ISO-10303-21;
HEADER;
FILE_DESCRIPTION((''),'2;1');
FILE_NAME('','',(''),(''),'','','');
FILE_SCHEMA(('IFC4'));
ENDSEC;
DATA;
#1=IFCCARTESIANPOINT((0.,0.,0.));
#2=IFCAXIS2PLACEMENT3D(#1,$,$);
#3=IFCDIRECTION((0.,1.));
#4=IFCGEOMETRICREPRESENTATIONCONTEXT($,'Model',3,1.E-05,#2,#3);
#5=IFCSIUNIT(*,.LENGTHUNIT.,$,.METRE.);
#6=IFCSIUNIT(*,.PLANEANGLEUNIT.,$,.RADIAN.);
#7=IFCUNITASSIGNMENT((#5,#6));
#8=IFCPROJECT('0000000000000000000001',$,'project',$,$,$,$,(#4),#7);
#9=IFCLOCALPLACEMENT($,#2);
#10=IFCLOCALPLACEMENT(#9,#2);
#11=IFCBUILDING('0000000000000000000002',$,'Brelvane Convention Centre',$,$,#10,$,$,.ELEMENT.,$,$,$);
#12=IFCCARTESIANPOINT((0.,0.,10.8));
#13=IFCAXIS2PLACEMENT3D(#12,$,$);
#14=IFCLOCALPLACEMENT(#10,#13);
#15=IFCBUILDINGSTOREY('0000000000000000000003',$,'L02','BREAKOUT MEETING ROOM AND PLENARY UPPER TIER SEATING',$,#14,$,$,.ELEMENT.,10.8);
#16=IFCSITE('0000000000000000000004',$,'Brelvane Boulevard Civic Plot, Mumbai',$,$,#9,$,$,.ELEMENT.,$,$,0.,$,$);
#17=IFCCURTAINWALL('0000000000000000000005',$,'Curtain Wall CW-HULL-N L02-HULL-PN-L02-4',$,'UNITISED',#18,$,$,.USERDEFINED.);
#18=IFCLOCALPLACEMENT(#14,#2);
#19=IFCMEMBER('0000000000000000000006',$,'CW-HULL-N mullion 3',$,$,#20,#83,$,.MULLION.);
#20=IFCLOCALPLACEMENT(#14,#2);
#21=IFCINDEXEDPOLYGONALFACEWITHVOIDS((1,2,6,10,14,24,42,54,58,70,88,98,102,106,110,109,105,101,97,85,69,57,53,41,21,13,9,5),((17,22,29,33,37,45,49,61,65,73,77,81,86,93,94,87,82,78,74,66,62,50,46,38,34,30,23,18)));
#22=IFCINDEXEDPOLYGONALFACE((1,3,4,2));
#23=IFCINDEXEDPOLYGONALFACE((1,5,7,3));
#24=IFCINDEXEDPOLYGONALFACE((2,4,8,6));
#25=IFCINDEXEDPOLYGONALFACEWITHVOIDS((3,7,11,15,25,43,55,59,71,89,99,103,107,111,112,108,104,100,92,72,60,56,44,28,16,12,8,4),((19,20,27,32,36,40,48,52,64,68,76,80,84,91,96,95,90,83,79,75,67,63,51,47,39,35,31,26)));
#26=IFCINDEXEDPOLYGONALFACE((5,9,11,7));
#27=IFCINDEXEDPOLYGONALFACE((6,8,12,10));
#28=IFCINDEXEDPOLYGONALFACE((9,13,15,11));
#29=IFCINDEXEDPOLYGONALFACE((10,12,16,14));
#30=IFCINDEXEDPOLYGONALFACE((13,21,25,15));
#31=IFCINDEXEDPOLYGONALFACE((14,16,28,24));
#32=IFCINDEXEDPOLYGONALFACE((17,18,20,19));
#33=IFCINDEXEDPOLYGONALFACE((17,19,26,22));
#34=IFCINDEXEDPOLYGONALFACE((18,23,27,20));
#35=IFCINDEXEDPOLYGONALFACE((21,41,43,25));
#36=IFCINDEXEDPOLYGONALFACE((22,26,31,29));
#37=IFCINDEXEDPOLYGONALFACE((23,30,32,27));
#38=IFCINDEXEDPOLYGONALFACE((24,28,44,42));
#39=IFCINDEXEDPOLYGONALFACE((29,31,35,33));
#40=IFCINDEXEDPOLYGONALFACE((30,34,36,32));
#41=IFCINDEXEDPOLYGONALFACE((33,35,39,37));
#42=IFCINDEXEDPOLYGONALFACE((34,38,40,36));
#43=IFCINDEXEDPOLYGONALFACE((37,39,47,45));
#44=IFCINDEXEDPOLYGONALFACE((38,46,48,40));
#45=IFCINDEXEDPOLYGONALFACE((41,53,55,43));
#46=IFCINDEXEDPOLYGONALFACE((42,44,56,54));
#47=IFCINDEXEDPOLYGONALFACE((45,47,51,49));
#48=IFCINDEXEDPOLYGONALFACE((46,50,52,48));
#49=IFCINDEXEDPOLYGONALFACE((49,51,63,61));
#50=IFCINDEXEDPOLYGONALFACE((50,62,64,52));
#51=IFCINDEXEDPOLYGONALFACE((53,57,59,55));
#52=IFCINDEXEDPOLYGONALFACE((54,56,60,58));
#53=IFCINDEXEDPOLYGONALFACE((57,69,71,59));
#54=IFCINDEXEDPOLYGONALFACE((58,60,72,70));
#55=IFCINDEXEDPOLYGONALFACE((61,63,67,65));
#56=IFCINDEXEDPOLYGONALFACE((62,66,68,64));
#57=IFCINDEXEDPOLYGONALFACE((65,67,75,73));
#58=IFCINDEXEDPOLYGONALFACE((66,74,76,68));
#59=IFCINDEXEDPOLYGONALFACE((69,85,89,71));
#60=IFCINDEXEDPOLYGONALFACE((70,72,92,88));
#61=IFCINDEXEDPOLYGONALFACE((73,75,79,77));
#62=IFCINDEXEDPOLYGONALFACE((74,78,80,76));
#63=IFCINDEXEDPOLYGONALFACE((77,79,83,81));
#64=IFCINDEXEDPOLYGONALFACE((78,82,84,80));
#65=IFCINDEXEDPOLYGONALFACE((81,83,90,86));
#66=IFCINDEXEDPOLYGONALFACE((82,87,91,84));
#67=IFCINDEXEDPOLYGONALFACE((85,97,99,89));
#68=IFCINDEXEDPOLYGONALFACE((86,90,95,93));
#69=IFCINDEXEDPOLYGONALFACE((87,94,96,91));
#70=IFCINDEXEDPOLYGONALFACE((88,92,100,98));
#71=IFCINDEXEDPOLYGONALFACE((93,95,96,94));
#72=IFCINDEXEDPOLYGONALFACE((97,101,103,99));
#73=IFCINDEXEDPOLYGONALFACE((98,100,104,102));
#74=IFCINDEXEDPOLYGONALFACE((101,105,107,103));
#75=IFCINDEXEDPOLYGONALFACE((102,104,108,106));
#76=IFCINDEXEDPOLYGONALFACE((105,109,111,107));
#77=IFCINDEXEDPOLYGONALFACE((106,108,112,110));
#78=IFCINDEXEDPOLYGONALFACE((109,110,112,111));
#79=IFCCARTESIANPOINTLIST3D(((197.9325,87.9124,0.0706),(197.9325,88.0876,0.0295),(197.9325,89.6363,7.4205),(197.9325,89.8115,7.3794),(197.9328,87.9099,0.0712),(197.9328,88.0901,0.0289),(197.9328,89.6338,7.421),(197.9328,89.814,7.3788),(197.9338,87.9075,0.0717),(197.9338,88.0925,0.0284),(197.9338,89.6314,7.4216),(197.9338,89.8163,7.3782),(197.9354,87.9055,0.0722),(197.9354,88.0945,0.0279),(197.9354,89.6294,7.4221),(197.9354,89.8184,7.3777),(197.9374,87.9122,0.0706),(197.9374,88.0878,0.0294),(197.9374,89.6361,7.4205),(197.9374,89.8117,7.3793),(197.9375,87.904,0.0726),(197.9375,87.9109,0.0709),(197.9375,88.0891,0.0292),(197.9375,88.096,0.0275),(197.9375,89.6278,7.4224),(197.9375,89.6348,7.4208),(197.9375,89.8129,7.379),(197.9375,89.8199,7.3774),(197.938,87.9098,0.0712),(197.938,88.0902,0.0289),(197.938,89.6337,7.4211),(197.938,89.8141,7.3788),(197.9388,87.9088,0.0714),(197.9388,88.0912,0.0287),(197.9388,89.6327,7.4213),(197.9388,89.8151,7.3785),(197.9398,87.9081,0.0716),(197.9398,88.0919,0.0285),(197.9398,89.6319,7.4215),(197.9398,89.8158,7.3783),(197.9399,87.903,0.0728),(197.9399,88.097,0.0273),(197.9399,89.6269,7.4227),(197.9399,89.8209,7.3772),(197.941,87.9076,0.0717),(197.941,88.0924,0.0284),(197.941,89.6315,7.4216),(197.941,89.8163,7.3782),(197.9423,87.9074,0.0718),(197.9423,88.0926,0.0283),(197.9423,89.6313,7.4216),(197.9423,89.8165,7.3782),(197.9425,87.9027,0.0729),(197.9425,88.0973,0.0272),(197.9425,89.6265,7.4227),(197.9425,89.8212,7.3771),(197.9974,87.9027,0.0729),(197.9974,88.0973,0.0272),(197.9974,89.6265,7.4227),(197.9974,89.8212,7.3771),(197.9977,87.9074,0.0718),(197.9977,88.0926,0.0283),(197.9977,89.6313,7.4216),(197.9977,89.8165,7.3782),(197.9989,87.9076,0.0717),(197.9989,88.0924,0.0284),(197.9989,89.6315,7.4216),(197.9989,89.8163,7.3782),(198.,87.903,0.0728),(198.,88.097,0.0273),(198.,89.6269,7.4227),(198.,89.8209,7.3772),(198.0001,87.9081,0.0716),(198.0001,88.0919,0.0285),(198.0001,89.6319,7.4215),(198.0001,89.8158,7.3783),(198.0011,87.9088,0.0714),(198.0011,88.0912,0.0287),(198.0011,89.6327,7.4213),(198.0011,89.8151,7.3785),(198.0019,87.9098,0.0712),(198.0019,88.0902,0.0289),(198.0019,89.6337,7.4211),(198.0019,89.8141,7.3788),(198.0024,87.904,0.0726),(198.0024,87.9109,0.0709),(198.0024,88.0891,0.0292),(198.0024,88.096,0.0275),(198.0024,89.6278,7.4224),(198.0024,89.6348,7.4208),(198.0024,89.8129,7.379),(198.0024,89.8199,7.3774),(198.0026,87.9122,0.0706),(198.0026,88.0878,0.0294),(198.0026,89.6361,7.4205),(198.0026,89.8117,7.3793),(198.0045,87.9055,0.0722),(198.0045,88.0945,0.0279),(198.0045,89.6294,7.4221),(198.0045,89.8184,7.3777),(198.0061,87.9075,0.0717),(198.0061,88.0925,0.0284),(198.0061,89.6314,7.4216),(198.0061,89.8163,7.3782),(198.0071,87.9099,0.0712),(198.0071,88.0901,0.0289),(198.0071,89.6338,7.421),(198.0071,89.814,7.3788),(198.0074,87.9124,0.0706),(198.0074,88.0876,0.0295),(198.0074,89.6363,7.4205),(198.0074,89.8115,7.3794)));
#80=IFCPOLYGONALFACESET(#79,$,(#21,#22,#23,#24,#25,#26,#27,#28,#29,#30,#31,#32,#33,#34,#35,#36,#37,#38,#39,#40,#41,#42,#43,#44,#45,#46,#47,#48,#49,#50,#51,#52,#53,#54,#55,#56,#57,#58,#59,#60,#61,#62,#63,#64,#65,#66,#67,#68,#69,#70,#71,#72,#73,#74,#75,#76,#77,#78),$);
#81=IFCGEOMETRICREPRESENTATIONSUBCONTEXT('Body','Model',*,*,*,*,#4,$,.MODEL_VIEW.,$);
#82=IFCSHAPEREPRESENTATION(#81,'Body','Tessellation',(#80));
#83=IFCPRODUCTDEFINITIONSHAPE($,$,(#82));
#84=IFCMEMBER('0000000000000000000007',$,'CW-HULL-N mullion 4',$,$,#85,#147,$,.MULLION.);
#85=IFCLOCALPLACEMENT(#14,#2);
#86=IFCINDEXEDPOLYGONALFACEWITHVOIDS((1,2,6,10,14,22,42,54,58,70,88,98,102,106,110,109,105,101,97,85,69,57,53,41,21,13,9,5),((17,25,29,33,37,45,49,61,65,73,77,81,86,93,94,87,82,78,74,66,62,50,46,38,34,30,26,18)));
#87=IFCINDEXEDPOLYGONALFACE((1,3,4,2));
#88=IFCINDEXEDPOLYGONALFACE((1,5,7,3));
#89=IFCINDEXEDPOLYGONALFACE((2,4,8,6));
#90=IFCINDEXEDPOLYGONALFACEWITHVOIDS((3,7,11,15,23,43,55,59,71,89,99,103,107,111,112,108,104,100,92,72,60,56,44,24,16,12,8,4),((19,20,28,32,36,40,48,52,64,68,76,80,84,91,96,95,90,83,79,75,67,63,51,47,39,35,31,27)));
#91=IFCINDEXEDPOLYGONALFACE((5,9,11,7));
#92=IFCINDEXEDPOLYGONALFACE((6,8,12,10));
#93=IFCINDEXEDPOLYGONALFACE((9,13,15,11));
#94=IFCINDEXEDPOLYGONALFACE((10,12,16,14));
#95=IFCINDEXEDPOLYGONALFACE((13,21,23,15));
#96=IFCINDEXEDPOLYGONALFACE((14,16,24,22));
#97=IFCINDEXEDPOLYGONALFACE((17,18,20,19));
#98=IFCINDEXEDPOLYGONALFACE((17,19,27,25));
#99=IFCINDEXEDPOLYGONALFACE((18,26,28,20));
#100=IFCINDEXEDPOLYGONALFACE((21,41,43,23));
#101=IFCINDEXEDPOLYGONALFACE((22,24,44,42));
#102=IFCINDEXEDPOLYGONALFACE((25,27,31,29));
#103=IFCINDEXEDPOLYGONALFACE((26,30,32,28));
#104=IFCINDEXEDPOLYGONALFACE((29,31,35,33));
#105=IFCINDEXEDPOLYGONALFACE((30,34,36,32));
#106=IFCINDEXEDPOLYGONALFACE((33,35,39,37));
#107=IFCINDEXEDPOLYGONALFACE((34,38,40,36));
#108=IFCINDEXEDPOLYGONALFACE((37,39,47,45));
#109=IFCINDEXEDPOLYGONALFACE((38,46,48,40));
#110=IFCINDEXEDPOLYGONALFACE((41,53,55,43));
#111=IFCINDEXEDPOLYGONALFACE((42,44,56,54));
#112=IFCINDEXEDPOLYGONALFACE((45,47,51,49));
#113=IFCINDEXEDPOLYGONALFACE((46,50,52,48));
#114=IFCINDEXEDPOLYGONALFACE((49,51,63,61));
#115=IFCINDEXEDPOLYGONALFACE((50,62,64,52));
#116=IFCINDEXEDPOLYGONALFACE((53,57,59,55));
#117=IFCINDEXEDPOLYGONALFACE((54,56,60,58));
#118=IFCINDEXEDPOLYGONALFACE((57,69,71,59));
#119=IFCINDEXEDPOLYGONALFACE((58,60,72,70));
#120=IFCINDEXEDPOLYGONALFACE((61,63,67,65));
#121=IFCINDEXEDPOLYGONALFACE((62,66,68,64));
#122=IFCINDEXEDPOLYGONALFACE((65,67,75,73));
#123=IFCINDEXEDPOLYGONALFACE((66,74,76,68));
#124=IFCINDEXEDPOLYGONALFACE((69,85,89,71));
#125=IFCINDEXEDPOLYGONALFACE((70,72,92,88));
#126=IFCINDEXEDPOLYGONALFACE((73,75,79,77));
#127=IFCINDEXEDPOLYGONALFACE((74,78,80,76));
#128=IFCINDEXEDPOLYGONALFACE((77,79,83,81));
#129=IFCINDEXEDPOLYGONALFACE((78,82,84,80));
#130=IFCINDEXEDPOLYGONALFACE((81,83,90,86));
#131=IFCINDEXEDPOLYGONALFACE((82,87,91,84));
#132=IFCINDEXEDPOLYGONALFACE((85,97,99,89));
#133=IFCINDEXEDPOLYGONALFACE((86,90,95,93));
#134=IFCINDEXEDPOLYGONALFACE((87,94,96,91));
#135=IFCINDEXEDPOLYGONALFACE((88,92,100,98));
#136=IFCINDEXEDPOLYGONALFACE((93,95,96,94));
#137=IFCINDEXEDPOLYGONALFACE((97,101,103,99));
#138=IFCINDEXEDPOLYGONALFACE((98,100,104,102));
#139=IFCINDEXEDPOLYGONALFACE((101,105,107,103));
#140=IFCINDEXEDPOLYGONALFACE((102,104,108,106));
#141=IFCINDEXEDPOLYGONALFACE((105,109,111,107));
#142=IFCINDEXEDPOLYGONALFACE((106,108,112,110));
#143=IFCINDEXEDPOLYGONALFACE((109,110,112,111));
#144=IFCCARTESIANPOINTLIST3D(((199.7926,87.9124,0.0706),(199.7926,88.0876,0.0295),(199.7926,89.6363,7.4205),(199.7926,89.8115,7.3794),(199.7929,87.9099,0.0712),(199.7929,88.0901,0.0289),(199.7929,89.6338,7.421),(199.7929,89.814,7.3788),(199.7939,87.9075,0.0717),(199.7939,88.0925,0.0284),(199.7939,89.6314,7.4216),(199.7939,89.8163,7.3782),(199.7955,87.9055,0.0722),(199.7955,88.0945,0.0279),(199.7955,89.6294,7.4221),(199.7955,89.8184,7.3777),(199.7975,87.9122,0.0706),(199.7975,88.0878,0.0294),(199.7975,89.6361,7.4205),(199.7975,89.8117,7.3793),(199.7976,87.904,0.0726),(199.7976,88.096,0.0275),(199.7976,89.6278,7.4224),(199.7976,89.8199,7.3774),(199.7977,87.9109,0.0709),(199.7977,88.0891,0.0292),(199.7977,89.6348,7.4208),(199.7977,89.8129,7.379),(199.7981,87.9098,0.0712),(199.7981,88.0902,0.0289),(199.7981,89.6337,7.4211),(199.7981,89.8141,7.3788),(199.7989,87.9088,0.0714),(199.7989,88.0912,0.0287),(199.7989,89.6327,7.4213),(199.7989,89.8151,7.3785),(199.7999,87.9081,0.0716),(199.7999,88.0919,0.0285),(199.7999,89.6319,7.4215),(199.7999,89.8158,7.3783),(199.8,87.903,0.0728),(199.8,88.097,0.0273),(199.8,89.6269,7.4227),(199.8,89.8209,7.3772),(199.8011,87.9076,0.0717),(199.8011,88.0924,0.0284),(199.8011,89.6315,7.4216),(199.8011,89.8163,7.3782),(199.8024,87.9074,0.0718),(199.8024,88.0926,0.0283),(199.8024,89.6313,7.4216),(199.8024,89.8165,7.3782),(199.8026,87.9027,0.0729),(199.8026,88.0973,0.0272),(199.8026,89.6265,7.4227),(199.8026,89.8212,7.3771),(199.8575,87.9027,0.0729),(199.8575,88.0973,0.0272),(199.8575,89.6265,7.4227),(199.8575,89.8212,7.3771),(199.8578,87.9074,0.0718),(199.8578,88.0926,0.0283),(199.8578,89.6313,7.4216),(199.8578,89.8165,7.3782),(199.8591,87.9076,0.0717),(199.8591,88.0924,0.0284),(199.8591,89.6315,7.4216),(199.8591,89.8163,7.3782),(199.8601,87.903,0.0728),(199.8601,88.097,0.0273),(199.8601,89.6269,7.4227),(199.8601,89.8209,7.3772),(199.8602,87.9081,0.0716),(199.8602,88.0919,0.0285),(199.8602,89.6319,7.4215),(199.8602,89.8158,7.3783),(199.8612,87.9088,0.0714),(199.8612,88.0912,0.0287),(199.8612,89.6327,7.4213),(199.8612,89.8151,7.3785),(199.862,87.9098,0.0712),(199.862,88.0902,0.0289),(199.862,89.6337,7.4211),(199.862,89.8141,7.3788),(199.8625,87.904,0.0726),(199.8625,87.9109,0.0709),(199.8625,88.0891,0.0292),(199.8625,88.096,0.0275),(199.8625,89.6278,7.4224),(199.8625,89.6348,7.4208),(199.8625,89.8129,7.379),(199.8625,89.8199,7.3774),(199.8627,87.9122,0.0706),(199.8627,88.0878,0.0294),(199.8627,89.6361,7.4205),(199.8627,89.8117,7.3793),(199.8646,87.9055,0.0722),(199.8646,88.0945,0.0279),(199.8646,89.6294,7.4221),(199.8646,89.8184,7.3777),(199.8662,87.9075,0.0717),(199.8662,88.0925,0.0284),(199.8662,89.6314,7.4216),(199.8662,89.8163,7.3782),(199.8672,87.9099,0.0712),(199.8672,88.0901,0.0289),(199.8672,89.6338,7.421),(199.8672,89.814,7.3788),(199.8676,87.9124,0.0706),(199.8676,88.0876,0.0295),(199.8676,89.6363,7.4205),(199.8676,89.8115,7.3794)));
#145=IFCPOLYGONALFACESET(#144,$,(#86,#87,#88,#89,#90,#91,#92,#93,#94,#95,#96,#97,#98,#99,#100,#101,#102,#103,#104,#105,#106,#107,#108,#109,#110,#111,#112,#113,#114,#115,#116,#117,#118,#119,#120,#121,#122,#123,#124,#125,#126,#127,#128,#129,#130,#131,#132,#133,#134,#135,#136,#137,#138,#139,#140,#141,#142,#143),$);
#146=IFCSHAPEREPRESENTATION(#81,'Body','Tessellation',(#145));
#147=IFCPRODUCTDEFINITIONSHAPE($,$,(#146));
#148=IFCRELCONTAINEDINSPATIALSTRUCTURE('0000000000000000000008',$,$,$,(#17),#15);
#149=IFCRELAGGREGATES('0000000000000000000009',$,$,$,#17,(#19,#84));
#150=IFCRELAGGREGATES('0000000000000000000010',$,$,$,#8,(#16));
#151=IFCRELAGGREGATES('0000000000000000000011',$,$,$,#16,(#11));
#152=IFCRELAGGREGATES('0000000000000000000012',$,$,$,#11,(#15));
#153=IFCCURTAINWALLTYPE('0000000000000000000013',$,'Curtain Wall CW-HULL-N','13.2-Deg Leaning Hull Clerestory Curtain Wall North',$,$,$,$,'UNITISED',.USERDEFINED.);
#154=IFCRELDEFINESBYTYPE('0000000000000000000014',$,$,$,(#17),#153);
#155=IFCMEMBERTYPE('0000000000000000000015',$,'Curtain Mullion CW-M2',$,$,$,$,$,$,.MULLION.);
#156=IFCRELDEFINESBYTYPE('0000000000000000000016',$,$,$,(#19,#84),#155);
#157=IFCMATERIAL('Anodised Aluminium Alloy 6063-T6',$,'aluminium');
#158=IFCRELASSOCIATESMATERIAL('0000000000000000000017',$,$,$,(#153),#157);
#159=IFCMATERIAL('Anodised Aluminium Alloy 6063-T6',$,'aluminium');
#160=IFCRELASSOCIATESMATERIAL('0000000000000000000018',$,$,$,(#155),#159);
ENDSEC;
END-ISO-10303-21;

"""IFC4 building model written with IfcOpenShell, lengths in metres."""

from ifc_helpers import new_model, si_unit, direction, frame, origin, origin_2d, place, context, subcontext, project, spatial, hollow_rectangle, extrude, material, material_profile, profile_set, type_object, element, aggregate, save


model = new_model("IFC4")

# Units and contexts
model_context = context("Model", 3, precision=1e-05, world=origin(), true_north=direction((0.0, 1.0)))
body_context = subcontext(model_context, "Body", "Model", "MODEL_VIEW")
ifc_project = project(units=[si_unit("LENGTHUNIT", "METRE"), si_unit("PLANEANGLEUNIT", "RADIAN")], contexts=[model_context])

# Site, building, storey
site_placement = place(None, origin())
site = spatial("IfcSite", under=ifc_project, at=site_placement, Name="Brelvane Boulevard Civic Plot, Mumbai", CompositionType="ELEMENT", RefElevation=0.0)
building_placement = place(site_placement, origin())
building = spatial("IfcBuilding", under=site, at=building_placement, Name="Brelvane Convention Centre", CompositionType="ELEMENT")
storey_placement = place(building_placement, frame((0.0, 0.0, 10.8)))
storey = spatial("IfcBuildingStorey", under=building, at=storey_placement, Name="L02", Description="BREAKOUT MEETING ROOM AND PLENARY UPPER TIER SEATING", CompositionType="ELEMENT", Elevation=10.8)

# Curtain wall, members
ifc_material_1 = material(Name="Anodised Aluminium Alloy 6063-T6", Category="aluminium")
curtain_wall_type = type_object("IfcCurtainWallType", Name="Curtain Wall CW-HULL-N", Description="13.2-Deg Leaning Hull Clerestory Curtain Wall North", ElementType="UNITISED", PredefinedType="USERDEFINED", material=ifc_material_1)
ifc_material_2 = material(Name="Anodised Aluminium Alloy 6063-T6", Category="aluminium")
ifc_material_profile_1 = material_profile(ifc_material_2, hollow_rectangle(XDim=0.075, YDim=0.2, WallThickness=0.0049, InnerFilletRadius=0.0049, OuterFilletRadius=0.01, at=origin_2d()), Name="ALU-M 200x75x5.0")
ifc_profile_set_1 = profile_set([ifc_material_profile_1], Name="Anodised Aluminium Alloy 6063-T6")
member_type_1 = type_object("IfcMemberType", Name="Curtain Mullion CW-M2", PredefinedType="MULLION", material=ifc_profile_set_1)
curtain_wall_1_placement = place(storey_placement, origin())
curtain_wall_1 = element("IfcCurtainWall", 1, at=curtain_wall_1_placement, inside=storey, type_object=curtain_wall_type, Name="Curtain Wall CW-HULL-N L02-HULL-PN-L02-4", ObjectType="UNITISED", PredefinedType="USERDEFINED")
member_1_placement = place(storey_placement, frame((197.97, 88.0, 0.05), z_axis=(0.0, 0.228349, 0.973579), x_axis=(-1.0, 0.0, 0.0)))
member_1 = element("IfcMember", 2, at=member_1_placement, type_object=member_type_1, Name="CW-HULL-N mullion 3", PredefinedType="MULLION", context=body_context, shape_type="SweptSolid", body=[
    extrude(hollow_rectangle(XDim=0.075, YDim=0.2, WallThickness=0.0049, InnerFilletRadius=0.0049, OuterFilletRadius=0.01, at=origin_2d()), origin(), (0.0, 0.0, 1.0), 7.5493),
])
member_2_placement = place(storey_placement, frame((199.8301, 88.0, 0.05), z_axis=(0.0, 0.228349, 0.973579), x_axis=(-1.0, 0.0, 0.0)))
member_2 = element("IfcMember", 3, at=member_2_placement, type_object=member_type_1, Name="CW-HULL-N mullion 4", PredefinedType="MULLION", context=body_context, shape_type="SweptSolid", body=[
    extrude(hollow_rectangle(XDim=0.075, YDim=0.2, WallThickness=0.0049, InnerFilletRadius=0.0049, OuterFilletRadius=0.01, at=origin_2d()), origin(), (0.0, 0.0, 1.0), 7.5493),
])

aggregate(curtain_wall_1, [member_1, member_2])

save(model, "model.ifc")
